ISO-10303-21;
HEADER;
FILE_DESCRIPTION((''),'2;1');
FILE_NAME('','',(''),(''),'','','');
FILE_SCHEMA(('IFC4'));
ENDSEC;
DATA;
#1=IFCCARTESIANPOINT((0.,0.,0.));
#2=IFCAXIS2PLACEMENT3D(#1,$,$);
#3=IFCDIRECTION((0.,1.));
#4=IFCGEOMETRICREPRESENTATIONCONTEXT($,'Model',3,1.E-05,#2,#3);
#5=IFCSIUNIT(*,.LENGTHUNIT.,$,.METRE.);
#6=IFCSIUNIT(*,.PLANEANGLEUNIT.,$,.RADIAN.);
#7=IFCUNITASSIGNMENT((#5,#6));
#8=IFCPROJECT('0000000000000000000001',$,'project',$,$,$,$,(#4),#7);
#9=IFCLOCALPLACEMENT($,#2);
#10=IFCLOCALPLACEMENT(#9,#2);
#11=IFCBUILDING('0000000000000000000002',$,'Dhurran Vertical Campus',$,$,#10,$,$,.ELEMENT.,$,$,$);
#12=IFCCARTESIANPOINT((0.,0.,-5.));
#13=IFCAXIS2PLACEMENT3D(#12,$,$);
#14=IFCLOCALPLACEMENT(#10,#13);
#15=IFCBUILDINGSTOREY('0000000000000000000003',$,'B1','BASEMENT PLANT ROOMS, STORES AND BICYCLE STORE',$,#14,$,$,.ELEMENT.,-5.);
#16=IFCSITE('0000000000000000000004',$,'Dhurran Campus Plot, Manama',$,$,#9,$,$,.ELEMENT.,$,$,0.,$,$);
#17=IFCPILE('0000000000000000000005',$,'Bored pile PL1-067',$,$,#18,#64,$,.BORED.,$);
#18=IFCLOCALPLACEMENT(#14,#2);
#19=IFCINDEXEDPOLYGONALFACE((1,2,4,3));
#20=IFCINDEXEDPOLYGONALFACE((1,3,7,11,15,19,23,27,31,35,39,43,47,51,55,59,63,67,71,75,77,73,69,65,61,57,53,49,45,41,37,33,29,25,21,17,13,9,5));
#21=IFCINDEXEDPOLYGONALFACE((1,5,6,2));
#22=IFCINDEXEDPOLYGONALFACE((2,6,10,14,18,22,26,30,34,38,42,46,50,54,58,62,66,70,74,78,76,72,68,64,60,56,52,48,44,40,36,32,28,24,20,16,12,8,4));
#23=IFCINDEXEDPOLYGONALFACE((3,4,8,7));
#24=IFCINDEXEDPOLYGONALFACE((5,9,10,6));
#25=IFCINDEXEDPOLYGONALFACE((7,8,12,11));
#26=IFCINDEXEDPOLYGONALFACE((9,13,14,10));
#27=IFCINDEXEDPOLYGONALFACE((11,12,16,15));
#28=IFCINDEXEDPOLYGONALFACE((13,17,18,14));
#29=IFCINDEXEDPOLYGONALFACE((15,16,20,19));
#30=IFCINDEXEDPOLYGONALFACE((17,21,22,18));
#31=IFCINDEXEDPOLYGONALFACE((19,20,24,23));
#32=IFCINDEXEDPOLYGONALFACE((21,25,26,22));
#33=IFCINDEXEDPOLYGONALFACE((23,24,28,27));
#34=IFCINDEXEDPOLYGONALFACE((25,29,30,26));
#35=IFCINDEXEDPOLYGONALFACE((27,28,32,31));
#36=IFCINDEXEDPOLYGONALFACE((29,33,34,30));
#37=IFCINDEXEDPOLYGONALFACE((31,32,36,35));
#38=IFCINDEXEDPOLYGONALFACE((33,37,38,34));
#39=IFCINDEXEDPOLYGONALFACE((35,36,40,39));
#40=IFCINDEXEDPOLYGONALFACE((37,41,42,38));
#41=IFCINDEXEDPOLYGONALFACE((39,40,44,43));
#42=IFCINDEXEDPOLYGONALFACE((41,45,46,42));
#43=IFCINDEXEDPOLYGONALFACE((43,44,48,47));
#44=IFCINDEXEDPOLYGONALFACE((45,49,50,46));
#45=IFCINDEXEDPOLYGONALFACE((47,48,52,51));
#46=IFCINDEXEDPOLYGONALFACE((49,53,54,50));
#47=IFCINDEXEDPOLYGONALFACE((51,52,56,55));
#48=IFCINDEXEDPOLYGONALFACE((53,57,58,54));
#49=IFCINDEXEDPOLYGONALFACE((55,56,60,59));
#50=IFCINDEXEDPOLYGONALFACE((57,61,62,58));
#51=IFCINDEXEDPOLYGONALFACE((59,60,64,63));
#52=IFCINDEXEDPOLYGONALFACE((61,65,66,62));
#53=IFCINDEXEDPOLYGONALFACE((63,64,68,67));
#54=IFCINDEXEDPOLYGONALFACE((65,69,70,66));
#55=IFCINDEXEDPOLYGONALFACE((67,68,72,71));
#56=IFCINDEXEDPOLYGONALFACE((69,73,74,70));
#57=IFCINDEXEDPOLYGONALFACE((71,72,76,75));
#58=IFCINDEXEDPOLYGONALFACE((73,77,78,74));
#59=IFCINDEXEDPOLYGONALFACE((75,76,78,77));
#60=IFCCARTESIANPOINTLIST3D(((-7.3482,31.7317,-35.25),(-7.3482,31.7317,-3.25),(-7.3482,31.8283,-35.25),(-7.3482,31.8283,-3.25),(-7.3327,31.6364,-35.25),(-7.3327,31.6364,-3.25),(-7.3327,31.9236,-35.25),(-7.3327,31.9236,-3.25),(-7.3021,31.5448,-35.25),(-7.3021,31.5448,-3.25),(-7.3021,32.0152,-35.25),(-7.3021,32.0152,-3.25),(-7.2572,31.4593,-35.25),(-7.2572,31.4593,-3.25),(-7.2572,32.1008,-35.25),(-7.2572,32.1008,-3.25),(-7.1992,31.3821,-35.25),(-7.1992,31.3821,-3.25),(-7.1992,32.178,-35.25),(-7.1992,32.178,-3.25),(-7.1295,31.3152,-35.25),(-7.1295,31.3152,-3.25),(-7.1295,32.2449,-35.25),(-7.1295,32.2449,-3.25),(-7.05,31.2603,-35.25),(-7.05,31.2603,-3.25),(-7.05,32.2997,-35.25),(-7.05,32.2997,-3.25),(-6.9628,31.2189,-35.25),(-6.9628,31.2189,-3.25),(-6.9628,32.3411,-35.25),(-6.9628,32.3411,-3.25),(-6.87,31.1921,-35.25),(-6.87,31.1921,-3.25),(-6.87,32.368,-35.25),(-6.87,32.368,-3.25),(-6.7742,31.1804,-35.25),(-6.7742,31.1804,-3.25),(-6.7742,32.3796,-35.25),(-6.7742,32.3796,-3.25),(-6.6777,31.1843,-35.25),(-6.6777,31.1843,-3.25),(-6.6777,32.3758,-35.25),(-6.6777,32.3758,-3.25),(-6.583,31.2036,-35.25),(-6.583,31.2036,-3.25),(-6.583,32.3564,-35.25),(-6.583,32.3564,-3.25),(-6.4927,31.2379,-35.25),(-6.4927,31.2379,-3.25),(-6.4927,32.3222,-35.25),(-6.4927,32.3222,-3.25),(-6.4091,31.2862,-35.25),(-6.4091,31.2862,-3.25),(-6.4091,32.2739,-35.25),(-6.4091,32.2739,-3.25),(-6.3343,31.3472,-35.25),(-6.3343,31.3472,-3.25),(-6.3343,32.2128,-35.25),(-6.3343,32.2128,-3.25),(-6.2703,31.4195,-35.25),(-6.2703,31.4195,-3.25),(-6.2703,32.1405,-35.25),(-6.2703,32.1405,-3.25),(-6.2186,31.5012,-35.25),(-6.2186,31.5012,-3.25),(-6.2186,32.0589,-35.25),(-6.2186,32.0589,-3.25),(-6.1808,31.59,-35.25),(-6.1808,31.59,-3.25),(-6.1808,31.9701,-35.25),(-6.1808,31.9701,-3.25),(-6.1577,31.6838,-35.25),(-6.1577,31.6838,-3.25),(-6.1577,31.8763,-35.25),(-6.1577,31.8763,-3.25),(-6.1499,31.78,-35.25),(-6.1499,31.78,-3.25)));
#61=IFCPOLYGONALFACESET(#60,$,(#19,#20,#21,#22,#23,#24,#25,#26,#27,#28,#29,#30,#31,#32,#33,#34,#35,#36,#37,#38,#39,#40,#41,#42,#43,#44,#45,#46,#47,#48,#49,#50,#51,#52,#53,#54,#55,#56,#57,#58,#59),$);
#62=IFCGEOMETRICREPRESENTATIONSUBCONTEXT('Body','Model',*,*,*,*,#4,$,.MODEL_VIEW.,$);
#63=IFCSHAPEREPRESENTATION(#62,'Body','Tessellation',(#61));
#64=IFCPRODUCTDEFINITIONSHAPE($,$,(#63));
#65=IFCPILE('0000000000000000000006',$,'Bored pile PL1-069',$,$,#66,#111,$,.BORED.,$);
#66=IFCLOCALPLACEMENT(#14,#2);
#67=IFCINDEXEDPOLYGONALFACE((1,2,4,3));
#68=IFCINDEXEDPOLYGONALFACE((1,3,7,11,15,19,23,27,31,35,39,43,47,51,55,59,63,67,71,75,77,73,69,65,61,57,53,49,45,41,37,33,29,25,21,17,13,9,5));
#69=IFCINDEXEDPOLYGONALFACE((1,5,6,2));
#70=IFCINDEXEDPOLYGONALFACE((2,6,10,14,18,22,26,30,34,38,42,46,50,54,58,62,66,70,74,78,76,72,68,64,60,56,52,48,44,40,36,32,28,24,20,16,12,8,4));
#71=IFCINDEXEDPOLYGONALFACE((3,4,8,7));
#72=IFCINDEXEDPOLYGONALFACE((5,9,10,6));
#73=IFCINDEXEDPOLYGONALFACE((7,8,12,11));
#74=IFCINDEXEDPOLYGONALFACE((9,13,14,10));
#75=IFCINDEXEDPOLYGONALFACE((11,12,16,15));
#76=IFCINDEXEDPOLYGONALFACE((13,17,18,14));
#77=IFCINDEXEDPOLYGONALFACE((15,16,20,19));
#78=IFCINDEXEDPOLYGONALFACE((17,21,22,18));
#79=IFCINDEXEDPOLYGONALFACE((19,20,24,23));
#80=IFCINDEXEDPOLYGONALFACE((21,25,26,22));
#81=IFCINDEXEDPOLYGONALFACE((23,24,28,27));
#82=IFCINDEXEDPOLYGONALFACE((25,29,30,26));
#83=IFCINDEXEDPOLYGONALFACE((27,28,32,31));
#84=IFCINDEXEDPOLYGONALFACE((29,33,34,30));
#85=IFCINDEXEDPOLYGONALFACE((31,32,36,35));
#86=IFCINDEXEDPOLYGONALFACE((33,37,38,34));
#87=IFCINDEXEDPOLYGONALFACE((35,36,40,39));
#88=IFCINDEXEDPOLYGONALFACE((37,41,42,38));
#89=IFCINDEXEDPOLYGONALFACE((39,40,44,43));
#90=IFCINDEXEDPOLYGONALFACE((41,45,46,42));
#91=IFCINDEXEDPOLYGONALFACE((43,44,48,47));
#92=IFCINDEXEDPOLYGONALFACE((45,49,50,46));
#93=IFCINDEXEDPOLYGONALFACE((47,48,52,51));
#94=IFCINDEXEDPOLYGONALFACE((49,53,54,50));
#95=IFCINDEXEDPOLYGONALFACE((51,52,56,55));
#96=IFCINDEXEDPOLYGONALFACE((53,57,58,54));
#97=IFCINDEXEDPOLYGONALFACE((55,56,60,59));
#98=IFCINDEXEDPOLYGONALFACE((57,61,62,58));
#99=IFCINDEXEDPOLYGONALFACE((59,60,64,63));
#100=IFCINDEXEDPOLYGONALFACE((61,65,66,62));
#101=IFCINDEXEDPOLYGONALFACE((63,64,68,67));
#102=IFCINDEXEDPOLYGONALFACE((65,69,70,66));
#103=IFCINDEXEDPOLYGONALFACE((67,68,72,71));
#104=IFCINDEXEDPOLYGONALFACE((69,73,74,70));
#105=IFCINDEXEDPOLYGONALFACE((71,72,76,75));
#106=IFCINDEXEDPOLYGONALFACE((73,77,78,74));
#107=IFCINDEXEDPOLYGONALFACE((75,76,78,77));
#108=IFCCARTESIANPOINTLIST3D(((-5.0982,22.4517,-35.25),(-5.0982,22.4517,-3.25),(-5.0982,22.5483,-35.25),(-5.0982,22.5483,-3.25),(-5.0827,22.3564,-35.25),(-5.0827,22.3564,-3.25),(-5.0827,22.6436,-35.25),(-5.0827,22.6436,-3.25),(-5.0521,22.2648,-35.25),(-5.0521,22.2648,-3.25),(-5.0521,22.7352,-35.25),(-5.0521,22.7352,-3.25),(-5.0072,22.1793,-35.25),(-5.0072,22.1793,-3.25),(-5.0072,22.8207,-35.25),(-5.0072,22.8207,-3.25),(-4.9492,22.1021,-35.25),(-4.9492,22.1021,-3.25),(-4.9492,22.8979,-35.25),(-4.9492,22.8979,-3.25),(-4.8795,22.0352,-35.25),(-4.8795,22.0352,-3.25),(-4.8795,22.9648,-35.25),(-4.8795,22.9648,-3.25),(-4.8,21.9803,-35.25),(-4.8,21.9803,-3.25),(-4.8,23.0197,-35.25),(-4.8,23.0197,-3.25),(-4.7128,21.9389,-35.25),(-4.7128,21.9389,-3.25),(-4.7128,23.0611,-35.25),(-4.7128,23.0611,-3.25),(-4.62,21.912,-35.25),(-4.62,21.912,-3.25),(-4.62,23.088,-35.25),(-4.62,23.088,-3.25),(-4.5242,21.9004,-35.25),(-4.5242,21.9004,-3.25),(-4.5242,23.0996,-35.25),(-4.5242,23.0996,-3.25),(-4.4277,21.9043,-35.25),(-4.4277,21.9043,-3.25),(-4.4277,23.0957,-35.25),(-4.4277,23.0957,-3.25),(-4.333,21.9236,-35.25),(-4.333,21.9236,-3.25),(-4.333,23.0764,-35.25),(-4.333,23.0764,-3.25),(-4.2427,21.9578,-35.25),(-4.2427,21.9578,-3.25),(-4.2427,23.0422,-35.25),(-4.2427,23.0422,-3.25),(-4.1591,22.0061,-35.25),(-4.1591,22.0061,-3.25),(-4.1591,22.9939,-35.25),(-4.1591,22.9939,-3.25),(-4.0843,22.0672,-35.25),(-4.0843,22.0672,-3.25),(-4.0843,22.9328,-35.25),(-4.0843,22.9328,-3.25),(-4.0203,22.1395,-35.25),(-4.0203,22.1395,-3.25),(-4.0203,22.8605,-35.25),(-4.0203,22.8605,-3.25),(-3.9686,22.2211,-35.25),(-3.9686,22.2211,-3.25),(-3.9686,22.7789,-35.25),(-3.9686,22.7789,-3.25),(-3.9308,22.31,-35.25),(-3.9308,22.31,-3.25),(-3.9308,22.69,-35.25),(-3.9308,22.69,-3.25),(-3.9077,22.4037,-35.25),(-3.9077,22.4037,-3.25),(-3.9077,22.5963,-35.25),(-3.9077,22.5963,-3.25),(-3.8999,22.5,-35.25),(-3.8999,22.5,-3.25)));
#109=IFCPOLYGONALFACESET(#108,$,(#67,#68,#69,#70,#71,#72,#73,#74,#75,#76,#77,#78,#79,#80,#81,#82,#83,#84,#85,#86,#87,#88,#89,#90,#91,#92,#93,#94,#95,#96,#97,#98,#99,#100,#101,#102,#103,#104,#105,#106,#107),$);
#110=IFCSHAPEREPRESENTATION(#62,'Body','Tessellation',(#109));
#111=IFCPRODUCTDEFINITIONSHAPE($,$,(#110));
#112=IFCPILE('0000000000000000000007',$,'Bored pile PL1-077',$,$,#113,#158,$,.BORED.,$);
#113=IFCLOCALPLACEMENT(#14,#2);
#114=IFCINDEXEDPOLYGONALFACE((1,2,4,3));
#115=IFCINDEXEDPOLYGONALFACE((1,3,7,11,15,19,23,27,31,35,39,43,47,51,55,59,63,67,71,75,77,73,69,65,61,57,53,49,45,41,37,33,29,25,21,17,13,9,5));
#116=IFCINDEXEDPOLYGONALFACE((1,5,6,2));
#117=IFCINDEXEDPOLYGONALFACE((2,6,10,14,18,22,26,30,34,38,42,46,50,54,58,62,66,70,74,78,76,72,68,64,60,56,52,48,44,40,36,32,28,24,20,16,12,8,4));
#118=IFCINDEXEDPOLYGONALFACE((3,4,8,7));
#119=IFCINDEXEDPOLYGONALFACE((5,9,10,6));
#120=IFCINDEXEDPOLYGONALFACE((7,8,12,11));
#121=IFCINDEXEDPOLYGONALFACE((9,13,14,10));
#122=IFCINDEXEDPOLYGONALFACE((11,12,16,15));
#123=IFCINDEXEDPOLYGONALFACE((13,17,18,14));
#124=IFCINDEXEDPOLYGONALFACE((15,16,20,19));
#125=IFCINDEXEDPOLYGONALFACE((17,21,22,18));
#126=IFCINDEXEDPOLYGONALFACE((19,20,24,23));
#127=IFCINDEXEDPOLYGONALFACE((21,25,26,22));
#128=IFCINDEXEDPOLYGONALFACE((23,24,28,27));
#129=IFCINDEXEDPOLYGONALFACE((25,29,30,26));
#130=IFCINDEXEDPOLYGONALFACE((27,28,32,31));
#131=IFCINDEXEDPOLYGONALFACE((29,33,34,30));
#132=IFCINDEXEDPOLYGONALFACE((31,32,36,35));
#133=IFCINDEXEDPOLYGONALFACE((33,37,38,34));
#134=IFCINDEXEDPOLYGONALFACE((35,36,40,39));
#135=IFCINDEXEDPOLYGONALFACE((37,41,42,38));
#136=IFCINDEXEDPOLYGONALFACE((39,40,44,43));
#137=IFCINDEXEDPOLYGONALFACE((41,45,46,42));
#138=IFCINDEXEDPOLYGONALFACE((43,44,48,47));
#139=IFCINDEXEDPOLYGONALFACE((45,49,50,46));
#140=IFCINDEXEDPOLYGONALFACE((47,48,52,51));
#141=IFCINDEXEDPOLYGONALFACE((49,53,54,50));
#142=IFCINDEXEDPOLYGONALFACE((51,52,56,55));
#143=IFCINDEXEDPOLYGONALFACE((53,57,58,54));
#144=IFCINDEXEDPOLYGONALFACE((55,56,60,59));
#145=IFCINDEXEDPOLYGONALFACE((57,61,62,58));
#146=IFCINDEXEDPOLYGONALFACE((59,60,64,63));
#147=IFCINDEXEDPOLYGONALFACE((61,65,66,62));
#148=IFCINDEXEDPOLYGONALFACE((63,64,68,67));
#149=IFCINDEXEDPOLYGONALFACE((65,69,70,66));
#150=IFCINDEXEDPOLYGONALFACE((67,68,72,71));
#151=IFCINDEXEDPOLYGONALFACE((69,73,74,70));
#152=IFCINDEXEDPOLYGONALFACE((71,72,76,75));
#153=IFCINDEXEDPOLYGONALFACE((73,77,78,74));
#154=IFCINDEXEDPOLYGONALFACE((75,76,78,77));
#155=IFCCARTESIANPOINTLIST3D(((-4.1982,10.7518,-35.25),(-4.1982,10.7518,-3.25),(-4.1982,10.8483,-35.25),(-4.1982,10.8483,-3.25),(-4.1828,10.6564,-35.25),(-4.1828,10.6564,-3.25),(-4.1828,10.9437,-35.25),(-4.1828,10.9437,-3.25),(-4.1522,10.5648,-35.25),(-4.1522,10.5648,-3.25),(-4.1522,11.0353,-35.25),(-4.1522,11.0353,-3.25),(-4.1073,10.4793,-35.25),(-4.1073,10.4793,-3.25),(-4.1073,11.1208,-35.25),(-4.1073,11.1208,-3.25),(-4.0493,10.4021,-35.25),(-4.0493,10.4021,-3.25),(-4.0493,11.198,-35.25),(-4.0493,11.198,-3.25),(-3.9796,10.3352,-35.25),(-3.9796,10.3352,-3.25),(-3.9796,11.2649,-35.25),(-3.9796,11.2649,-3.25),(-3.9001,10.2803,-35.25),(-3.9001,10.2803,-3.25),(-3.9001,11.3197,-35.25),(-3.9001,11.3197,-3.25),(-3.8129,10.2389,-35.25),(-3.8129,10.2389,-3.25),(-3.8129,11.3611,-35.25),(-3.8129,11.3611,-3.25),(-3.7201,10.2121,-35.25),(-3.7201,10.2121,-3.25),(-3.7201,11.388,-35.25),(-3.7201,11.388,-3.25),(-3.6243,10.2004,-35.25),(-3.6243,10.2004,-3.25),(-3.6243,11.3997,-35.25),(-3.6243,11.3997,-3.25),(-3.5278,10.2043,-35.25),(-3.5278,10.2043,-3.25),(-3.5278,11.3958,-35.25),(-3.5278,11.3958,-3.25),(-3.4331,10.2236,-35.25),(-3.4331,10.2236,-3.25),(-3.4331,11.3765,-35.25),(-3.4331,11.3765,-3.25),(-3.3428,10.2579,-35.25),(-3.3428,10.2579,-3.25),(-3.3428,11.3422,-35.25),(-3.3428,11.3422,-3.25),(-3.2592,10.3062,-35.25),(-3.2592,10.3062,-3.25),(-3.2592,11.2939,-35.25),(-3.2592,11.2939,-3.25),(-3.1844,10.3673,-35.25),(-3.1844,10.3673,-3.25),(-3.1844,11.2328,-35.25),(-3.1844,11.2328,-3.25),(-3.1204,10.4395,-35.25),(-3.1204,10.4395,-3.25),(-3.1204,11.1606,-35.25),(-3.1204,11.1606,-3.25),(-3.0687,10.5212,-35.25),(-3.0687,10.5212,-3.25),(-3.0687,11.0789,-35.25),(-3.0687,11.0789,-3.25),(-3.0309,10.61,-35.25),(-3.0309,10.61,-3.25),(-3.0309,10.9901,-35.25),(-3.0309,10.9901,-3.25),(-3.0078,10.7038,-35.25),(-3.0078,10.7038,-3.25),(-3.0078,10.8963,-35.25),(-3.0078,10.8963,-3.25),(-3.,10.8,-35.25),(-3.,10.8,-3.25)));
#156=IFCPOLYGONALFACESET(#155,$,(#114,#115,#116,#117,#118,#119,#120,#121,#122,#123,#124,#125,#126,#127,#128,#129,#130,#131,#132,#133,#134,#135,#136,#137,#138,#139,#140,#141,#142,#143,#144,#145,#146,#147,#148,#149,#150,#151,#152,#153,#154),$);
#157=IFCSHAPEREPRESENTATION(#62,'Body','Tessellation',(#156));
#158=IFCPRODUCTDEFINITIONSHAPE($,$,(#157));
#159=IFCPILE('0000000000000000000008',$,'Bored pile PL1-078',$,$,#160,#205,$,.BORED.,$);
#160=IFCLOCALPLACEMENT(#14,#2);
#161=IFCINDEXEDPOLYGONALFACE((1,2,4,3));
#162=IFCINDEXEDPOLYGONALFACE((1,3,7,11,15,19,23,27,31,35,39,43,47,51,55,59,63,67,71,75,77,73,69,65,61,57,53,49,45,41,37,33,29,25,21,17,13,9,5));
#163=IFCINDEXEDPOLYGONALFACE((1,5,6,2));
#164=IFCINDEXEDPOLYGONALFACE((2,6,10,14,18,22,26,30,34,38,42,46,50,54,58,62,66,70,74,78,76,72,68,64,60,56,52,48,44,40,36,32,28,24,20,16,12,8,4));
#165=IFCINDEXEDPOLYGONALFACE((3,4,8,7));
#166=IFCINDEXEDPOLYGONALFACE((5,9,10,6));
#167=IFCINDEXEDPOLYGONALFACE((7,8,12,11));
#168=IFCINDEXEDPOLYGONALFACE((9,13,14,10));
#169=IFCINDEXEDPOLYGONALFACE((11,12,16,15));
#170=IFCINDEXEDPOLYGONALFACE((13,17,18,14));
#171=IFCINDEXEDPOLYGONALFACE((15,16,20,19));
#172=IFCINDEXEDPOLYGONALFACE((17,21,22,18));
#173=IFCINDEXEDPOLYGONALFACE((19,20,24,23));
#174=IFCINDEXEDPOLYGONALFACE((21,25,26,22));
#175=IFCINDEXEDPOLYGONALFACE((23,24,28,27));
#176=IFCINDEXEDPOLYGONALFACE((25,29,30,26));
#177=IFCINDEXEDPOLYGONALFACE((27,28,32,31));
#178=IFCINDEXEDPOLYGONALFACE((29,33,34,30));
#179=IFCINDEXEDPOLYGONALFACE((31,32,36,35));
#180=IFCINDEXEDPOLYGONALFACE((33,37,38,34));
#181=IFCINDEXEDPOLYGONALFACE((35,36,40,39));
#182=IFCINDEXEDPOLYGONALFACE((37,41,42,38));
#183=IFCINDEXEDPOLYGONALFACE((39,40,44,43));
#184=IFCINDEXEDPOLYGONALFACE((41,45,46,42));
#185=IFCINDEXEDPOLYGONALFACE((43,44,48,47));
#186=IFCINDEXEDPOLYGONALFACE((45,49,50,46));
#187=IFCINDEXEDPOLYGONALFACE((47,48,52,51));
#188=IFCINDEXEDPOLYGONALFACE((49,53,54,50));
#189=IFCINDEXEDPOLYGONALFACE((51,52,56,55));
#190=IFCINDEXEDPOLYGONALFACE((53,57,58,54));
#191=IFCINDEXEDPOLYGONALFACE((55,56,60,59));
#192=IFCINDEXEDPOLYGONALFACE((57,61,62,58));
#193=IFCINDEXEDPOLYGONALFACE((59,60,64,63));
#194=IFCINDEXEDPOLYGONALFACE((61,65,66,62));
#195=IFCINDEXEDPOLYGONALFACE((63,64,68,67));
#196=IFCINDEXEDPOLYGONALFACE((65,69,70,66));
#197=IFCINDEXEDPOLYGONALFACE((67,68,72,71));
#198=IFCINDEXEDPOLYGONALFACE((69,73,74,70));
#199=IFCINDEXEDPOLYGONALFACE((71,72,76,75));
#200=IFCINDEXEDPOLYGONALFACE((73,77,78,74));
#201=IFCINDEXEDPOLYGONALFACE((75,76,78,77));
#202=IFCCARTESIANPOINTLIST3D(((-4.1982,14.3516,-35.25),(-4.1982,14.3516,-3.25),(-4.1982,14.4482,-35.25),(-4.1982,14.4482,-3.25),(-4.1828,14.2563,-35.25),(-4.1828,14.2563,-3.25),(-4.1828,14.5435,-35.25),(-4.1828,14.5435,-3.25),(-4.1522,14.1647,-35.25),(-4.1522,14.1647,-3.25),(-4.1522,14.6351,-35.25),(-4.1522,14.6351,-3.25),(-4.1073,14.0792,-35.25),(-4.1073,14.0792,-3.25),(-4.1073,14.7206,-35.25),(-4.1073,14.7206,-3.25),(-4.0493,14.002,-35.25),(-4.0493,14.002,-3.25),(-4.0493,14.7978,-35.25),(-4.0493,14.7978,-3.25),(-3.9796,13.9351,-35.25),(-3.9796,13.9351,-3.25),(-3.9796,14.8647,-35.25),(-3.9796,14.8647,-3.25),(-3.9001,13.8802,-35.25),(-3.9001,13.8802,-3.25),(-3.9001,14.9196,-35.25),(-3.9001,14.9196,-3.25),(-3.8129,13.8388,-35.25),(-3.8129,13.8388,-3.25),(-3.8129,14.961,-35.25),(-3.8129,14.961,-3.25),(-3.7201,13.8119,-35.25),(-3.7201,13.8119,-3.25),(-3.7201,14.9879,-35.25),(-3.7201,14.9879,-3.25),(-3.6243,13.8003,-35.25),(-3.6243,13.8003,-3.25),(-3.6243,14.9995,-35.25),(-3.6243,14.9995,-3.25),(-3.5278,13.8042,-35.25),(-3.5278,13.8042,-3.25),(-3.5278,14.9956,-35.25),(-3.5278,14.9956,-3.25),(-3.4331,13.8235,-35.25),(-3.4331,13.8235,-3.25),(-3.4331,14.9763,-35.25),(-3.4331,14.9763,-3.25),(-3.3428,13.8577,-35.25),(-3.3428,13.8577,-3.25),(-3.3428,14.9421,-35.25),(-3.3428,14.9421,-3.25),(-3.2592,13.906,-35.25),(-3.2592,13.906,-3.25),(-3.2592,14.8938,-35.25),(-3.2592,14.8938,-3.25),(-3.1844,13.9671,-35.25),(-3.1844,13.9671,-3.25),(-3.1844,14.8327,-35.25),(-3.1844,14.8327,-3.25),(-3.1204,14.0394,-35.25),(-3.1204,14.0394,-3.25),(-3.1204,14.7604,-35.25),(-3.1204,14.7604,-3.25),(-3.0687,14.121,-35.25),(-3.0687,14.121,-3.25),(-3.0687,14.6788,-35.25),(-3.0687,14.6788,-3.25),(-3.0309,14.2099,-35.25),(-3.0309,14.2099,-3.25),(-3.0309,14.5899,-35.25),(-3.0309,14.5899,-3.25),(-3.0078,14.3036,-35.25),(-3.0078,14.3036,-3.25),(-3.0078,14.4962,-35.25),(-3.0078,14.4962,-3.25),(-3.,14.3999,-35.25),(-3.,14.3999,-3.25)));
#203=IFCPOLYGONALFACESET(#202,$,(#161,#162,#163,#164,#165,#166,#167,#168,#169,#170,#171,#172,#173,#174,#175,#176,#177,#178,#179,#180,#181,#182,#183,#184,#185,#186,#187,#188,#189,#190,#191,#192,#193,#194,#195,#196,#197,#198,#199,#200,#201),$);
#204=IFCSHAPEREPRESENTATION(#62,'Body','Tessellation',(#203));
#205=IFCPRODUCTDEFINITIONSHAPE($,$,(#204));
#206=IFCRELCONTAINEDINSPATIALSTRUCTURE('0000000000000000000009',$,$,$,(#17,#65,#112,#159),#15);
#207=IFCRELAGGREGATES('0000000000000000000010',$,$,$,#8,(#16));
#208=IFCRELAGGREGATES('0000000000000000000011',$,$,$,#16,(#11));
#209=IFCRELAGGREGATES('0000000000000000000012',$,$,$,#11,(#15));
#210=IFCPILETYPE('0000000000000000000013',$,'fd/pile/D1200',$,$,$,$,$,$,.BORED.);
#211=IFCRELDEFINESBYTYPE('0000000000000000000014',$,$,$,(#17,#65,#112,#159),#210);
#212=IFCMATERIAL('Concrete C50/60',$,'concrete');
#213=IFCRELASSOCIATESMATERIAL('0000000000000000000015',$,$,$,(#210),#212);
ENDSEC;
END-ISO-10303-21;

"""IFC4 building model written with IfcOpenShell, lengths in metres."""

from ifc_helpers import new_model, si_unit, direction, frame, origin, origin_2d, place, context, subcontext, project, spatial, circle, extrude, material, material_profile, profile_set, type_object, element, save


model = new_model("IFC4")

# Units and contexts
model_context = context("Model", 3, precision=1e-05, world=origin(), true_north=direction((0.0, 1.0)))
body_context = subcontext(model_context, "Body", "Model", "MODEL_VIEW")
ifc_project = project(units=[si_unit("LENGTHUNIT", "METRE"), si_unit("PLANEANGLEUNIT", "RADIAN")], contexts=[model_context])

# Site, building, storey
site_placement = place(None, origin())
site = spatial("IfcSite", under=ifc_project, at=site_placement, Name="Dhurran Campus Plot, Manama", CompositionType="ELEMENT", RefElevation=0.0)
building_placement = place(site_placement, origin())
building = spatial("IfcBuilding", under=site, at=building_placement, Name="Dhurran Vertical Campus", CompositionType="ELEMENT")
storey_placement = place(building_placement, frame((0.0, 0.0, -5.0)))
storey = spatial("IfcBuildingStorey", under=building, at=storey_placement, Name="B1", Description="BASEMENT PLANT ROOMS, STORES AND BICYCLE STORE", CompositionType="ELEMENT", Elevation=-5.0)

# Piles
ifc_material_1 = material(Name="Concrete C50/60", Category="concrete")
ifc_material_profile_1 = material_profile(ifc_material_1, circle(Radius=0.6001, at=origin_2d()), Name="fd/pile/D1200")
ifc_profile_set_1 = profile_set([ifc_material_profile_1], Name="Concrete C50/60")
pile_type = type_object("IfcPileType", Name="fd/pile/D1200", PredefinedType="BORED", material=ifc_profile_set_1)
for number, where, z_axis, x_axis, name in (
    (1, (-6.75, 31.78, -3.25), (0.0, 0.0, -1.0), (1.0, 0.0, 0.0), "Bored pile PL1-067"),
    (2, (-4.5, 22.5, -3.25), (0.0, 0.0, -1.0), (1.0, 0.0, 0.0), "Bored pile PL1-069"),
    (3, (-3.6001, 10.8, -3.25), (0.0, 0.0, -1.0), (1.0, 0.0, 0.0), "Bored pile PL1-077"),
    (4, (-3.6001, 14.3999, -3.25), (0.0, 0.0, -1.0), (1.0, 0.0, 0.0), "Bored pile PL1-078"),
):
    element("IfcPile", number, at=place(storey_placement, frame(where, z_axis=z_axis, x_axis=x_axis)), inside=storey, type_object=pile_type, Name=name, PredefinedType="BORED", context=body_context, shape_type="SweptSolid", body=[
        extrude(circle(Radius=0.6001, at=origin_2d()), origin(), (0.0, 0.0, 1.0), 32.0),
    ])

save(model, "model.ifc")
